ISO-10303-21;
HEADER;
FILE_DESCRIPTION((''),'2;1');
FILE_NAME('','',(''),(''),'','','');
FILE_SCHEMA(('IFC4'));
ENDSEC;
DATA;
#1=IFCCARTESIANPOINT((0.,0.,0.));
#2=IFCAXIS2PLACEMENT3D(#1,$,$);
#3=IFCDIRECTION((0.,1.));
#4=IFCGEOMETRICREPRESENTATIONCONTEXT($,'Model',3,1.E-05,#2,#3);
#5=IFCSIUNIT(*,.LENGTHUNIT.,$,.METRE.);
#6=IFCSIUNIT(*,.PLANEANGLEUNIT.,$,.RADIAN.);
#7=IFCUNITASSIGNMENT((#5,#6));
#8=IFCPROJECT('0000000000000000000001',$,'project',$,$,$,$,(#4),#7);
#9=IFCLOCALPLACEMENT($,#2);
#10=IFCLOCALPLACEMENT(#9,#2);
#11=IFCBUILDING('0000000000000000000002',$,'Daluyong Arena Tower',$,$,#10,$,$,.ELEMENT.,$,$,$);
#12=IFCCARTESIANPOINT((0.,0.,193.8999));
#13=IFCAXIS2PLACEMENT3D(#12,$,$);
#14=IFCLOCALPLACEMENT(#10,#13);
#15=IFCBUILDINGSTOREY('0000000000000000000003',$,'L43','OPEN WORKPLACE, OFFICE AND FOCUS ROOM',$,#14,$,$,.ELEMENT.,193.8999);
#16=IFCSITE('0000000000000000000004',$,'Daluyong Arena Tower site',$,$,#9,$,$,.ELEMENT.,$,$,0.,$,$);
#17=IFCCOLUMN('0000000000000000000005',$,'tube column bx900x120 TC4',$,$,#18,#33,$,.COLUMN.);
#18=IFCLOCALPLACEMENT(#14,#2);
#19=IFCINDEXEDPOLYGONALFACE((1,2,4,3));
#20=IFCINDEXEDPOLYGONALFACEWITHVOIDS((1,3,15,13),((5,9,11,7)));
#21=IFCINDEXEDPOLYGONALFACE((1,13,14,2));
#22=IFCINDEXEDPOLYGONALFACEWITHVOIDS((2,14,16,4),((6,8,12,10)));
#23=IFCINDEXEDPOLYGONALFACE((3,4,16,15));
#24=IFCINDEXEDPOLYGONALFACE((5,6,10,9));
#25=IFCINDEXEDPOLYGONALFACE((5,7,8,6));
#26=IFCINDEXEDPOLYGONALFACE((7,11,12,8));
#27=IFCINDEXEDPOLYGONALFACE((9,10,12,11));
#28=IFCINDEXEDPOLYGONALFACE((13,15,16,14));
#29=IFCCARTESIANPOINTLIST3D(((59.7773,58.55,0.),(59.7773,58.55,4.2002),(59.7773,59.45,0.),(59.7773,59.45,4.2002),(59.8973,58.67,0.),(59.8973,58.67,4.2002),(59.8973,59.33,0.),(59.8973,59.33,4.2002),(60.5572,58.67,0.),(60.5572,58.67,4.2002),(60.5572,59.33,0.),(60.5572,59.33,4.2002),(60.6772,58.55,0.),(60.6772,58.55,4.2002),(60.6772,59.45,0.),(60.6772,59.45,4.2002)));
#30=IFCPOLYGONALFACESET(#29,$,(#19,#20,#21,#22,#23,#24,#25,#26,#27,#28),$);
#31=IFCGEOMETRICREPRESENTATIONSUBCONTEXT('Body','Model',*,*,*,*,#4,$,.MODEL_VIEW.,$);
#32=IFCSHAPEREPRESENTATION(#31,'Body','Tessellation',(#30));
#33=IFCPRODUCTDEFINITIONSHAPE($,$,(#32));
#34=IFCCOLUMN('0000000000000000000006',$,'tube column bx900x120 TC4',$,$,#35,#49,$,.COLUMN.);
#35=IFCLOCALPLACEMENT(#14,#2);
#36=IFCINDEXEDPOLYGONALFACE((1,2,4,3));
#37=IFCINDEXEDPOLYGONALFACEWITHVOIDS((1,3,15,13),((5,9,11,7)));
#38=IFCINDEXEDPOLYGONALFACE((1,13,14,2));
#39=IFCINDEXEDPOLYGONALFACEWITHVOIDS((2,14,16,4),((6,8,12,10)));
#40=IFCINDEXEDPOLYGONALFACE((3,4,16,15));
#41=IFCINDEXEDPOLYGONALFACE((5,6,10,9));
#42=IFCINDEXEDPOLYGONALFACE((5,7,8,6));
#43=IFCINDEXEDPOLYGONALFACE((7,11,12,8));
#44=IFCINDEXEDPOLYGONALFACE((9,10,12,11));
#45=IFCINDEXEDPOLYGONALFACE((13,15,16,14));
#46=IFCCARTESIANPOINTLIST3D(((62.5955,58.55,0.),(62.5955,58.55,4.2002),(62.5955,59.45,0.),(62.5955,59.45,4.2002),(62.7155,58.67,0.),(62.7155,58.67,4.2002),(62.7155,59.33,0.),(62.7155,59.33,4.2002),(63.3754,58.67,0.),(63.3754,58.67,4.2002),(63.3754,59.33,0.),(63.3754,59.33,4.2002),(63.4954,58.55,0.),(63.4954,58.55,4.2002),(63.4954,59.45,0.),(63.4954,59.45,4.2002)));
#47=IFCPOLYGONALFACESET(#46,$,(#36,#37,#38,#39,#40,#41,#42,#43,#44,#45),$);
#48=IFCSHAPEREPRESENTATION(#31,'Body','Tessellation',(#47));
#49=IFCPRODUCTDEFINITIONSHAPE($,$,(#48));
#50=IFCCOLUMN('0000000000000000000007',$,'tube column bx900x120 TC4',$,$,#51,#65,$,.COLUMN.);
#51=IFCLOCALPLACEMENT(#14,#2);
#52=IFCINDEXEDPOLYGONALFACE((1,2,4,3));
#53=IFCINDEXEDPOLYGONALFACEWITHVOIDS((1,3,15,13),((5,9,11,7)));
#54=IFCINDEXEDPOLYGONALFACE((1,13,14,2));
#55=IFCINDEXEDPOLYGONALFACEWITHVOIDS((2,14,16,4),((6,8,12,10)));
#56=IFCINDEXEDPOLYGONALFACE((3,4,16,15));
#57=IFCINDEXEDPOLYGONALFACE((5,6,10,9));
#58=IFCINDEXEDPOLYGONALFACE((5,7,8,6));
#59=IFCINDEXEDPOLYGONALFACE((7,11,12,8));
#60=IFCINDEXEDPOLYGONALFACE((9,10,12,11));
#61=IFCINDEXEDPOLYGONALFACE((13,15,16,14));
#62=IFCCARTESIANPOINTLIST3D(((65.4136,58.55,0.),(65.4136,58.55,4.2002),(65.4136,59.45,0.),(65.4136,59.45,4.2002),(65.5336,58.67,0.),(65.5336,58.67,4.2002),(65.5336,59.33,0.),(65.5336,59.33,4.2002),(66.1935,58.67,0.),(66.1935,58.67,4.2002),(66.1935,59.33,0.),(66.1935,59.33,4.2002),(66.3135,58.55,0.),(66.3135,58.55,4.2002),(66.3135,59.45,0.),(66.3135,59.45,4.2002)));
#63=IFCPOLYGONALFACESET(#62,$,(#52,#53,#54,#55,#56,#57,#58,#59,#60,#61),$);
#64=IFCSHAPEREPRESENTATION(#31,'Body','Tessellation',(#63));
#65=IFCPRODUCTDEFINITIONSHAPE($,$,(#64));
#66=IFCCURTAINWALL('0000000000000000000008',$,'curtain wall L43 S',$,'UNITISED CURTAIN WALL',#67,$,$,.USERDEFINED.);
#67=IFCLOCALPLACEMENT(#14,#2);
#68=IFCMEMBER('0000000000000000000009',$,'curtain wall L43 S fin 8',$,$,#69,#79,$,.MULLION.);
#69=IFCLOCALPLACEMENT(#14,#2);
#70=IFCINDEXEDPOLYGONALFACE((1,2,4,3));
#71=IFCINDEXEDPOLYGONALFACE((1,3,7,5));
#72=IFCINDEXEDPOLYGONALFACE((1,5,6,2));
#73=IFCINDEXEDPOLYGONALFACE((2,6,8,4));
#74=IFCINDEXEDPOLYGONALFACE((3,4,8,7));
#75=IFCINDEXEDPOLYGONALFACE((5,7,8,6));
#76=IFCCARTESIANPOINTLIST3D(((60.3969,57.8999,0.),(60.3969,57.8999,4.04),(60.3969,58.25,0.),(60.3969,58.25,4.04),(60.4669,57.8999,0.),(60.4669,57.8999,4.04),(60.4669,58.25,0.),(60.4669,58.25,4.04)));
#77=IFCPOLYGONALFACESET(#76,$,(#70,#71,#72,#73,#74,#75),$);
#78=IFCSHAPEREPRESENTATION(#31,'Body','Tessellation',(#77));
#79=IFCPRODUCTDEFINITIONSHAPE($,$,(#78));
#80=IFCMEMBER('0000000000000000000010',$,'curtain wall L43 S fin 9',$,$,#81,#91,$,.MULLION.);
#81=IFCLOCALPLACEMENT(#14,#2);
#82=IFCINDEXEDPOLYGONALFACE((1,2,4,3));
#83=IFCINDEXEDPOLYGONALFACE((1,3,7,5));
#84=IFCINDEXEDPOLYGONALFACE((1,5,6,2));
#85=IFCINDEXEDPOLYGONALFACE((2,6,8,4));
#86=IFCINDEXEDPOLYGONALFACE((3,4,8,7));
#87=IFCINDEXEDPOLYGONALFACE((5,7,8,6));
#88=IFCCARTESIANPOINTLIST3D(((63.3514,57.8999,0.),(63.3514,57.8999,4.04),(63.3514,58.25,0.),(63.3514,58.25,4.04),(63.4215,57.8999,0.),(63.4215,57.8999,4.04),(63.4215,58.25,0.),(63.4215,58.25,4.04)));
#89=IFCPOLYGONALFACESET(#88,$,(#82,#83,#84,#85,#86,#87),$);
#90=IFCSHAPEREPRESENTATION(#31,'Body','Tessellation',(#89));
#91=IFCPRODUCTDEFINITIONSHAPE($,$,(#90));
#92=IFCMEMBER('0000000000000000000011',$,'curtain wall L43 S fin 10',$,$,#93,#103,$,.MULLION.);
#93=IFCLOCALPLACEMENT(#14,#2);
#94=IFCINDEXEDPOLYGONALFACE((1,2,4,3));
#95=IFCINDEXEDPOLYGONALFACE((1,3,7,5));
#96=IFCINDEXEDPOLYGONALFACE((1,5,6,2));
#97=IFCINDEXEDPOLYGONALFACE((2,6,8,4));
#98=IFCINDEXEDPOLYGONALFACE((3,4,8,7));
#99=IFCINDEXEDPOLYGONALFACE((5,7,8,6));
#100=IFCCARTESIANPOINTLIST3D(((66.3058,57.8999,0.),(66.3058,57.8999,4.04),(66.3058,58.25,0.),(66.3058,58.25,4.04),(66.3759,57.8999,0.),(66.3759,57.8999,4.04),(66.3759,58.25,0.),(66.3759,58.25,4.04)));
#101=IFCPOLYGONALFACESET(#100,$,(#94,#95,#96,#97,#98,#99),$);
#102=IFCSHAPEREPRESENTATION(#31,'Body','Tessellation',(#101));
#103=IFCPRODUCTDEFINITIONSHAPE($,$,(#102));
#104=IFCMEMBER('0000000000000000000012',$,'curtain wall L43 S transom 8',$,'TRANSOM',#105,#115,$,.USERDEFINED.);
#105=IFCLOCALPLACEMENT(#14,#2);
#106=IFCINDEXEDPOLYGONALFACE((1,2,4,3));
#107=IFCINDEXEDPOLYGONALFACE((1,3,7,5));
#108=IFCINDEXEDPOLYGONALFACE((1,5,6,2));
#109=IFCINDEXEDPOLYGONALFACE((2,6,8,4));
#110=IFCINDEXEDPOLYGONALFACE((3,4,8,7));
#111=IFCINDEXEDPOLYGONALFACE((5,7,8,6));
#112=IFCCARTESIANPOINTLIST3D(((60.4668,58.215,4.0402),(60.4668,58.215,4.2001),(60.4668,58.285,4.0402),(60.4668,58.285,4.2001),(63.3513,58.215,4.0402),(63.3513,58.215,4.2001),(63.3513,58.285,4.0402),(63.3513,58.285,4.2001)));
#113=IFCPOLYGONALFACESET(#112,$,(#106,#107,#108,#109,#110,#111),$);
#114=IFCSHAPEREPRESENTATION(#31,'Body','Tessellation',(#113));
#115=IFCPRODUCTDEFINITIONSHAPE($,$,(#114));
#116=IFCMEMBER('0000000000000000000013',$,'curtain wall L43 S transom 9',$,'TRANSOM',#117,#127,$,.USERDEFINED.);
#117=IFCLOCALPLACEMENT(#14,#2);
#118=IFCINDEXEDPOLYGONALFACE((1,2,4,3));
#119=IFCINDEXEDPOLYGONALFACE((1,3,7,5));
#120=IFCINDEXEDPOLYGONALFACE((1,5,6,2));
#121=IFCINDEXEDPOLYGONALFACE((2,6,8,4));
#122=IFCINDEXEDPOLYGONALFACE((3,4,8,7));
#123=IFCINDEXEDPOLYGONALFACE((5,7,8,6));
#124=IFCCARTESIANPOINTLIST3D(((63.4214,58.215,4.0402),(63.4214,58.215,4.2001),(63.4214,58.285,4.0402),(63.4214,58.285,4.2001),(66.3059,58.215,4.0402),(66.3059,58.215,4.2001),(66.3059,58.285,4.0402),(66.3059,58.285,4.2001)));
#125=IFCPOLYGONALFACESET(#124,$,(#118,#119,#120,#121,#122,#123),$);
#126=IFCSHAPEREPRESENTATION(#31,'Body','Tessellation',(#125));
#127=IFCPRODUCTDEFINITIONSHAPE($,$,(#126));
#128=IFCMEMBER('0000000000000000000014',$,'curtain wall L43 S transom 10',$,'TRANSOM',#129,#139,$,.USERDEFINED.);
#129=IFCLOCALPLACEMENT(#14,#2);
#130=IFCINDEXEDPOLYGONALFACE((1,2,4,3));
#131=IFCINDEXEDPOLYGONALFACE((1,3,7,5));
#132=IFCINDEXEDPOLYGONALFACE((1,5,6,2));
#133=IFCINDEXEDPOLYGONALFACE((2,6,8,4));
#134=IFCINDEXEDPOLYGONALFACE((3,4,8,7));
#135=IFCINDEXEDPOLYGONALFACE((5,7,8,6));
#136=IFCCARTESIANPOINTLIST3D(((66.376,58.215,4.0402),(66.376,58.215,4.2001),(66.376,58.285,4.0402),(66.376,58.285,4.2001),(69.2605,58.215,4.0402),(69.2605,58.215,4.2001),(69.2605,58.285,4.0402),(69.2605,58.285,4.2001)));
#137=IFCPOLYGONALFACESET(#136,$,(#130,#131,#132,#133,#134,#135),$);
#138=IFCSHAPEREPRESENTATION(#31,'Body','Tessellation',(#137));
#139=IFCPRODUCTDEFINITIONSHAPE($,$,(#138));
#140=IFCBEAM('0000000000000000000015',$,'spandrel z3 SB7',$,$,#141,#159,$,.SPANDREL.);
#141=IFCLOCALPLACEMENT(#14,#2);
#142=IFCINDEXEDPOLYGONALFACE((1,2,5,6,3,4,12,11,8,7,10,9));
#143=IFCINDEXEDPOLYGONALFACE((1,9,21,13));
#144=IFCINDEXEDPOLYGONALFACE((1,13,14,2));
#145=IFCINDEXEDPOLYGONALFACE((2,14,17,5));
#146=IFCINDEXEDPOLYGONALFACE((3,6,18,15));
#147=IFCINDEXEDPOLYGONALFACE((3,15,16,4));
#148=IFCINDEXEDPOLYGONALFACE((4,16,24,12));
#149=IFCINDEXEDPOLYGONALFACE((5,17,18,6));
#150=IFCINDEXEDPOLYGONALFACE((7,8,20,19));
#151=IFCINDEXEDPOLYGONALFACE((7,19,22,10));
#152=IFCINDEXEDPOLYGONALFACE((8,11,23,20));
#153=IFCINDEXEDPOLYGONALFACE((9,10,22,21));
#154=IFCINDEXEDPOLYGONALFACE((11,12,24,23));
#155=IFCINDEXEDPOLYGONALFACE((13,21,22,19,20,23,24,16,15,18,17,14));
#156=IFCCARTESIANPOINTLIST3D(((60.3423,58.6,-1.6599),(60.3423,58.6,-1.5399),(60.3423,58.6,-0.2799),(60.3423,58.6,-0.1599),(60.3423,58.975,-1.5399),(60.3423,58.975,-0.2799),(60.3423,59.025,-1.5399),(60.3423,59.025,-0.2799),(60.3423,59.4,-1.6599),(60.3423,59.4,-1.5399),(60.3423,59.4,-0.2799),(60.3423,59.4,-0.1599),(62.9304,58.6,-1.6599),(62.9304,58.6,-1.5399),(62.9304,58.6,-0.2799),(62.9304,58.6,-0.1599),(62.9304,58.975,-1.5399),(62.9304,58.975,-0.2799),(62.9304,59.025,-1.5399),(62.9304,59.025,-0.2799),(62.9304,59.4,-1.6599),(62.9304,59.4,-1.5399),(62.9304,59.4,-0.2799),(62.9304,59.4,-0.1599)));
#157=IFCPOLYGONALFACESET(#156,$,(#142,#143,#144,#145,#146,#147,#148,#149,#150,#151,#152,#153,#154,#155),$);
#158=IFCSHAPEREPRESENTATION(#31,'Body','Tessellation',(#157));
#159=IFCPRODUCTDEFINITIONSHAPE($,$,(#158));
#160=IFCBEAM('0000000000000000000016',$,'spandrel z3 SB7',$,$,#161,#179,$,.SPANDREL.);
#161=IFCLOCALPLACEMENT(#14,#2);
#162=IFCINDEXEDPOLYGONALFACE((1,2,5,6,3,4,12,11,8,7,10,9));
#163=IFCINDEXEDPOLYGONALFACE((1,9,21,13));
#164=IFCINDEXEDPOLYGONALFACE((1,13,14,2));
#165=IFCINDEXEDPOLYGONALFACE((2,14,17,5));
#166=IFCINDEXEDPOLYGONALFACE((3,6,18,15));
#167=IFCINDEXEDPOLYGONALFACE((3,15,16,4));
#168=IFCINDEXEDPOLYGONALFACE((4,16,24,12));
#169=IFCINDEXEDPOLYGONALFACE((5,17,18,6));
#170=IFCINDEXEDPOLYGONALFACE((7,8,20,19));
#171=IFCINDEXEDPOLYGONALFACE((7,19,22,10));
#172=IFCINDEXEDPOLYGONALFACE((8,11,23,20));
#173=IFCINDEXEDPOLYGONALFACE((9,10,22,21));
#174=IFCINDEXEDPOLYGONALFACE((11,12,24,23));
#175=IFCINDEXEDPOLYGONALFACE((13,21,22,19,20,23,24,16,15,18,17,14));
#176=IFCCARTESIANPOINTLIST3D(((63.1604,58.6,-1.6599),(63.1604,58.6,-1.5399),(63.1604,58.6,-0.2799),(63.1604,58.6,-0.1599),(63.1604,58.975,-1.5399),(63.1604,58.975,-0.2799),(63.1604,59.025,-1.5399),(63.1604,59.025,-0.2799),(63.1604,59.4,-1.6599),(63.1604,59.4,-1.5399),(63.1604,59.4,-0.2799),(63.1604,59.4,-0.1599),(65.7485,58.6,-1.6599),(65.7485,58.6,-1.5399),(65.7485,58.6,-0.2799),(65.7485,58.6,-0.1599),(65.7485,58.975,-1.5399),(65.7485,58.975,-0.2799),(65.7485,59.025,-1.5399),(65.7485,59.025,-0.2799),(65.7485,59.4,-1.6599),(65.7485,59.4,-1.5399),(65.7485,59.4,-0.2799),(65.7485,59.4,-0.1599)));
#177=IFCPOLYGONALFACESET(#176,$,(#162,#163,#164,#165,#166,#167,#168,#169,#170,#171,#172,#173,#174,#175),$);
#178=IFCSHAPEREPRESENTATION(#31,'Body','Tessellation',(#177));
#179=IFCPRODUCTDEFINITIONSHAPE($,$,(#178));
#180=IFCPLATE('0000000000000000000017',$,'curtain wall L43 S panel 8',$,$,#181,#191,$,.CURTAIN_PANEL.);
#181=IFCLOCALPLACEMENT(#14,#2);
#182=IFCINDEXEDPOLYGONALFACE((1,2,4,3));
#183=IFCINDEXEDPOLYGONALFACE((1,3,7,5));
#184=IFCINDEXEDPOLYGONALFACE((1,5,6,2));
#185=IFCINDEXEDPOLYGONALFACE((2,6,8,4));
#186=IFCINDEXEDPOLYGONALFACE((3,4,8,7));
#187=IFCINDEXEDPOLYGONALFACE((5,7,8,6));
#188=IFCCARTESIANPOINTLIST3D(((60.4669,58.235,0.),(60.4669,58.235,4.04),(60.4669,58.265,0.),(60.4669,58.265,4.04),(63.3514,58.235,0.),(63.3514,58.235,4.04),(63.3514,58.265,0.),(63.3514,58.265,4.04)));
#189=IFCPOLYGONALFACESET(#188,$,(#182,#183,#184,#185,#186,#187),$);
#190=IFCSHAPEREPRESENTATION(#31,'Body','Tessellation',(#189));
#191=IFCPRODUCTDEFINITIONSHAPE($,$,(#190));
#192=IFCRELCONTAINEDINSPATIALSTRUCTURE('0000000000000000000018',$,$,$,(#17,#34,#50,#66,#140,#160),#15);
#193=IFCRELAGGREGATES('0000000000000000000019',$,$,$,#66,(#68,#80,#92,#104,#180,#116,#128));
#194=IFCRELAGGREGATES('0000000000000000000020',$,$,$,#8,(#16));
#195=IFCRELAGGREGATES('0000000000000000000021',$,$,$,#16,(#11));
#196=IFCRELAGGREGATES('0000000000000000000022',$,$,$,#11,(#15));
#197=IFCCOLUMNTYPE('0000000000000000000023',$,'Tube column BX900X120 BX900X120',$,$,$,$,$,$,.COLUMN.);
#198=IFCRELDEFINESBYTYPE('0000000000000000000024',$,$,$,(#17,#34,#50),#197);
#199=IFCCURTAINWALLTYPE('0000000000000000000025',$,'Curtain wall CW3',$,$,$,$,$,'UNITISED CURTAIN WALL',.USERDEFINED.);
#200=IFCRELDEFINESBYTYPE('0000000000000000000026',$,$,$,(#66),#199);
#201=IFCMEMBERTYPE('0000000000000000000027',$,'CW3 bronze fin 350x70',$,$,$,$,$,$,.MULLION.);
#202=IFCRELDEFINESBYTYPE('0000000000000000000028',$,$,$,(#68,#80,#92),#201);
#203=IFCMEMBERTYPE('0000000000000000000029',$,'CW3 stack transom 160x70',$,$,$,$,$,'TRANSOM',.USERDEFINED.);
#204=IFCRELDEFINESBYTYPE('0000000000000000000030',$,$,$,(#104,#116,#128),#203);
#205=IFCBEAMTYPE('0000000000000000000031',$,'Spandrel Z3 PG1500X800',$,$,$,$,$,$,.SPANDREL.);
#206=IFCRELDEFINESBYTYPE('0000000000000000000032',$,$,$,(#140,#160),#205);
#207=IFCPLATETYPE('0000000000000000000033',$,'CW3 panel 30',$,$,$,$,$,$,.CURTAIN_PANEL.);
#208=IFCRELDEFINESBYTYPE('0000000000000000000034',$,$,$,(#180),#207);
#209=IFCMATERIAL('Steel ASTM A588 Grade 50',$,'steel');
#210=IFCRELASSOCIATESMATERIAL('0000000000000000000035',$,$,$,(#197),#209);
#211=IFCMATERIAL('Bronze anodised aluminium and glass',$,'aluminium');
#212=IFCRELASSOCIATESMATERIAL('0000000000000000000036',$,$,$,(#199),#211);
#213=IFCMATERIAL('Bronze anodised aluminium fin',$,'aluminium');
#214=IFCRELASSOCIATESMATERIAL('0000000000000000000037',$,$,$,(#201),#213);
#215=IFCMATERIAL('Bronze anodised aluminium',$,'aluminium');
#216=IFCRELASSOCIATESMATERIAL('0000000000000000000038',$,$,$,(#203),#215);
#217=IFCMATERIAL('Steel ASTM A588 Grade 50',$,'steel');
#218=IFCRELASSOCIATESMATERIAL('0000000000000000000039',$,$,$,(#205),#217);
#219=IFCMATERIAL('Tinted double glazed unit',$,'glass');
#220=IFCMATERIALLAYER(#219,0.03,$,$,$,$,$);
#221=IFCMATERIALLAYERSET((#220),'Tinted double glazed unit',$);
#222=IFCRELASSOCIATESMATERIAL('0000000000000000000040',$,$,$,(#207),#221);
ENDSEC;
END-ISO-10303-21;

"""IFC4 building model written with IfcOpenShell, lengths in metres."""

from ifc_helpers import new_model, si_unit, direction, frame, origin, origin_2d, place, context, subcontext, project, spatial, rectangle, hollow_rectangle, i_section, extrude, material, layer, layer_set, material_profile, profile_set, type_object, element, aggregate, save


model = new_model("IFC4")

# Units and contexts
model_context = context("Model", 3, precision=1e-05, world=origin(), true_north=direction((0.0, 1.0)))
body_context = subcontext(model_context, "Body", "Model", "MODEL_VIEW")
ifc_project = project(units=[si_unit("LENGTHUNIT", "METRE"), si_unit("PLANEANGLEUNIT", "RADIAN")], contexts=[model_context])

# Site, building, storey
site_placement = place(None, origin())
site = spatial("IfcSite", under=ifc_project, at=site_placement, Name="Daluyong Arena Tower site", CompositionType="ELEMENT", RefElevation=0.0)
building_placement = place(site_placement, origin())
building = spatial("IfcBuilding", under=site, at=building_placement, Name="Daluyong Arena Tower", CompositionType="ELEMENT")
storey_placement = place(building_placement, frame((0.0, 0.0, 193.8999)))
storey = spatial("IfcBuildingStorey", under=building, at=storey_placement, Name="L43", Description="OPEN WORKPLACE, OFFICE AND FOCUS ROOM", CompositionType="ELEMENT", Elevation=193.8999)

# Columns
ifc_material_1 = material(Name="Steel ASTM A588 Grade 50", Category="steel")
ifc_material_profile_1 = material_profile(ifc_material_1, hollow_rectangle(XDim=0.8999, YDim=0.8999, WallThickness=0.12, at=origin_2d()))
ifc_profile_set_1 = profile_set([ifc_material_profile_1], Name="Steel ASTM A588 Grade 50")
column_type = type_object("IfcColumnType", Name="Tube column BX900X120 BX900X120", PredefinedType="COLUMN", material=ifc_profile_set_1)
for number, where, z_axis, x_axis, name in (
    (1, (60.2273, 59.0, 0.0), (0.0, 0.0, 1.0), (1.0, 0.0, 0.0), "tube column bx900x120 TC4"),
    (2, (63.0454, 59.0, 0.0), (0.0, 0.0, 1.0), (1.0, 0.0, 0.0), "tube column bx900x120 TC4"),
    (3, (65.8635, 59.0, 0.0), (0.0, 0.0, 1.0), (1.0, 0.0, 0.0), "tube column bx900x120 TC4"),
):
    element("IfcColumn", number, at=place(storey_placement, frame(where, z_axis=z_axis, x_axis=x_axis)), inside=storey, type_object=column_type, Name=name, PredefinedType="COLUMN", context=body_context, shape_type="SweptSolid", body=[
        extrude(hollow_rectangle(XDim=0.8999, YDim=0.8999, WallThickness=0.12, at=origin_2d()), origin(), (0.0, 0.0, 1.0), 4.2002),
    ])

# Curtain wall, members
ifc_material_2 = material(Name="Bronze anodised aluminium and glass", Category="aluminium")
curtain_wall_type = type_object("IfcCurtainWallType", Name="Curtain wall CW3", ElementType="UNITISED CURTAIN WALL", PredefinedType="USERDEFINED", material=ifc_material_2)
curtain_wall_placement = place(storey_placement, origin())
curtain_wall = element("IfcCurtainWall", 4, at=curtain_wall_placement, inside=storey, type_object=curtain_wall_type, Name="curtain wall L43 S", ObjectType="UNITISED CURTAIN WALL", PredefinedType="USERDEFINED")
ifc_material_3 = material(Name="Bronze anodised aluminium fin", Category="aluminium")
ifc_material_profile_2 = material_profile(ifc_material_3, rectangle(XDim=0.3501, YDim=0.0701, at=origin_2d()))
ifc_profile_set_2 = profile_set([ifc_material_profile_2], Name="Bronze anodised aluminium fin")
member_type_1 = type_object("IfcMemberType", Name="CW3 bronze fin 350x70", PredefinedType="MULLION", material=ifc_profile_set_2)
member_1_placement = place(storey_placement, frame((60.4319, 58.075, 0.0), z_axis=(0.0, 0.0, 1.0), x_axis=(0.0, 1.0, 0.0)))
member_1 = element("IfcMember", 5, at=member_1_placement, type_object=member_type_1, Name="curtain wall L43 S fin 8", PredefinedType="MULLION", context=body_context, shape_type="SweptSolid", body=[
    extrude(rectangle(XDim=0.3501, YDim=0.0701, at=origin_2d()), origin(), (0.0, 0.0, 1.0), 4.04),
])
member_2_placement = place(storey_placement, frame((63.3865, 58.075, 0.0), z_axis=(0.0, 0.0, 1.0), x_axis=(0.0, 1.0, 0.0)))
member_2 = element("IfcMember", 6, at=member_2_placement, type_object=member_type_1, Name="curtain wall L43 S fin 9", PredefinedType="MULLION", context=body_context, shape_type="SweptSolid", body=[
    extrude(rectangle(XDim=0.3501, YDim=0.0701, at=origin_2d()), origin(), (0.0, 0.0, 1.0), 4.04),
])
member_3_placement = place(storey_placement, frame((66.3408, 58.075, 0.0), z_axis=(0.0, 0.0, 1.0), x_axis=(0.0, 1.0, 0.0)))
member_3 = element("IfcMember", 7, at=member_3_placement, type_object=member_type_1, Name="curtain wall L43 S fin 10", PredefinedType="MULLION", context=body_context, shape_type="SweptSolid", body=[
    extrude(rectangle(XDim=0.3501, YDim=0.0701, at=origin_2d()), origin(), (0.0, 0.0, 1.0), 4.04),
])
ifc_material_4 = material(Name="Bronze anodised aluminium", Category="aluminium")
ifc_material_profile_3 = material_profile(ifc_material_4, rectangle(XDim=0.0701, YDim=0.1599, at=origin_2d()))
ifc_profile_set_3 = profile_set([ifc_material_profile_3], Name="Bronze anodised aluminium")
member_type_2 = type_object("IfcMemberType", Name="CW3 stack transom 160x70", ElementType="TRANSOM", PredefinedType="USERDEFINED", material=ifc_profile_set_3)
member_4_placement = place(storey_placement, frame((60.4668, 58.25, 4.1201), z_axis=(1.0, 0.0, 0.0), x_axis=(0.0, 1.0, 0.0)))
member_4 = element("IfcMember", 8, at=member_4_placement, type_object=member_type_2, Name="curtain wall L43 S transom 8", ObjectType="TRANSOM", PredefinedType="USERDEFINED", context=body_context, shape_type="SweptSolid", body=[
    extrude(rectangle(XDim=0.0701, YDim=0.1599, at=origin_2d()), origin(), (0.0, 0.0, 1.0), 2.8845),
])
member_5_placement = place(storey_placement, frame((63.4214, 58.25, 4.1201), z_axis=(1.0, 0.0, 0.0), x_axis=(0.0, 1.0, 0.0)))
member_5 = element("IfcMember", 9, at=member_5_placement, type_object=member_type_2, Name="curtain wall L43 S transom 9", ObjectType="TRANSOM", PredefinedType="USERDEFINED", context=body_context, shape_type="SweptSolid", body=[
    extrude(rectangle(XDim=0.0701, YDim=0.1599, at=origin_2d()), origin(), (0.0, 0.0, 1.0), 2.8845),
])
member_6_placement = place(storey_placement, frame((66.376, 58.25, 4.1201), z_axis=(1.0, 0.0, 0.0), x_axis=(0.0, 1.0, 0.0)))
member_6 = element("IfcMember", 10, at=member_6_placement, type_object=member_type_2, Name="curtain wall L43 S transom 10", ObjectType="TRANSOM", PredefinedType="USERDEFINED", context=body_context, shape_type="SweptSolid", body=[
    extrude(rectangle(XDim=0.0701, YDim=0.1599, at=origin_2d()), origin(), (0.0, 0.0, 1.0), 2.8845),
])

# Beams
ifc_material_5 = material(Name="Steel ASTM A588 Grade 50", Category="steel")
ifc_material_profile_4 = material_profile(ifc_material_5, i_section(OverallWidth=0.8, OverallDepth=1.5, WebThickness=0.05, FlangeThickness=0.12, at=origin_2d()))
ifc_profile_set_4 = profile_set([ifc_material_profile_4], Name="Steel ASTM A588 Grade 50")
beam_type = type_object("IfcBeamType", Name="Spandrel Z3 PG1500X800", PredefinedType="SPANDREL", material=ifc_profile_set_4)
for number, where, z_axis, x_axis, name in (
    (11, (60.3423, 59.0, -0.9099), (1.0, 0.0, 0.0), (0.0, 1.0, 0.0), "spandrel z3 SB7"),
    (12, (63.1604, 59.0, -0.9099), (1.0, 0.0, 0.0), (0.0, 1.0, 0.0), "spandrel z3 SB7"),
):
    element("IfcBeam", number, at=place(storey_placement, frame(where, z_axis=z_axis, x_axis=x_axis)), inside=storey, type_object=beam_type, Name=name, PredefinedType="SPANDREL", context=body_context, shape_type="SweptSolid", body=[
        extrude(i_section(OverallWidth=0.8, OverallDepth=1.5, WebThickness=0.05, FlangeThickness=0.12, at=origin_2d()), origin(), (0.0, 0.0, 1.0), 2.5881),
    ])

# Plate
ifc_material_6 = material(Name="Tinted double glazed unit", Category="glass")
ifc_layer = layer(ifc_material_6, 0.03)
ifc_layer_set = layer_set([ifc_layer], Name="Tinted double glazed unit")
plate_type = type_object("IfcPlateType", Name="CW3 panel 30", PredefinedType="CURTAIN_PANEL", material=ifc_layer_set)
plate_1_placement = place(storey_placement, frame((61.9092, 58.25, 0.0), z_axis=(0.0, 0.0, 1.0), x_axis=(1.0, 0.0, 0.0)))
plate_1 = element("IfcPlate", 13, at=plate_1_placement, type_object=plate_type, Name="curtain wall L43 S panel 8", PredefinedType="CURTAIN_PANEL", context=body_context, shape_type="SweptSolid", body=[
    extrude(rectangle(XDim=2.8845, YDim=0.03, at=origin_2d()), origin(), (0.0, 0.0, 1.0), 4.04),
])
aggregate(curtain_wall, [member_1, member_2, member_3, member_4, plate_1, member_5, member_6])

save(model, "model.ifc")
